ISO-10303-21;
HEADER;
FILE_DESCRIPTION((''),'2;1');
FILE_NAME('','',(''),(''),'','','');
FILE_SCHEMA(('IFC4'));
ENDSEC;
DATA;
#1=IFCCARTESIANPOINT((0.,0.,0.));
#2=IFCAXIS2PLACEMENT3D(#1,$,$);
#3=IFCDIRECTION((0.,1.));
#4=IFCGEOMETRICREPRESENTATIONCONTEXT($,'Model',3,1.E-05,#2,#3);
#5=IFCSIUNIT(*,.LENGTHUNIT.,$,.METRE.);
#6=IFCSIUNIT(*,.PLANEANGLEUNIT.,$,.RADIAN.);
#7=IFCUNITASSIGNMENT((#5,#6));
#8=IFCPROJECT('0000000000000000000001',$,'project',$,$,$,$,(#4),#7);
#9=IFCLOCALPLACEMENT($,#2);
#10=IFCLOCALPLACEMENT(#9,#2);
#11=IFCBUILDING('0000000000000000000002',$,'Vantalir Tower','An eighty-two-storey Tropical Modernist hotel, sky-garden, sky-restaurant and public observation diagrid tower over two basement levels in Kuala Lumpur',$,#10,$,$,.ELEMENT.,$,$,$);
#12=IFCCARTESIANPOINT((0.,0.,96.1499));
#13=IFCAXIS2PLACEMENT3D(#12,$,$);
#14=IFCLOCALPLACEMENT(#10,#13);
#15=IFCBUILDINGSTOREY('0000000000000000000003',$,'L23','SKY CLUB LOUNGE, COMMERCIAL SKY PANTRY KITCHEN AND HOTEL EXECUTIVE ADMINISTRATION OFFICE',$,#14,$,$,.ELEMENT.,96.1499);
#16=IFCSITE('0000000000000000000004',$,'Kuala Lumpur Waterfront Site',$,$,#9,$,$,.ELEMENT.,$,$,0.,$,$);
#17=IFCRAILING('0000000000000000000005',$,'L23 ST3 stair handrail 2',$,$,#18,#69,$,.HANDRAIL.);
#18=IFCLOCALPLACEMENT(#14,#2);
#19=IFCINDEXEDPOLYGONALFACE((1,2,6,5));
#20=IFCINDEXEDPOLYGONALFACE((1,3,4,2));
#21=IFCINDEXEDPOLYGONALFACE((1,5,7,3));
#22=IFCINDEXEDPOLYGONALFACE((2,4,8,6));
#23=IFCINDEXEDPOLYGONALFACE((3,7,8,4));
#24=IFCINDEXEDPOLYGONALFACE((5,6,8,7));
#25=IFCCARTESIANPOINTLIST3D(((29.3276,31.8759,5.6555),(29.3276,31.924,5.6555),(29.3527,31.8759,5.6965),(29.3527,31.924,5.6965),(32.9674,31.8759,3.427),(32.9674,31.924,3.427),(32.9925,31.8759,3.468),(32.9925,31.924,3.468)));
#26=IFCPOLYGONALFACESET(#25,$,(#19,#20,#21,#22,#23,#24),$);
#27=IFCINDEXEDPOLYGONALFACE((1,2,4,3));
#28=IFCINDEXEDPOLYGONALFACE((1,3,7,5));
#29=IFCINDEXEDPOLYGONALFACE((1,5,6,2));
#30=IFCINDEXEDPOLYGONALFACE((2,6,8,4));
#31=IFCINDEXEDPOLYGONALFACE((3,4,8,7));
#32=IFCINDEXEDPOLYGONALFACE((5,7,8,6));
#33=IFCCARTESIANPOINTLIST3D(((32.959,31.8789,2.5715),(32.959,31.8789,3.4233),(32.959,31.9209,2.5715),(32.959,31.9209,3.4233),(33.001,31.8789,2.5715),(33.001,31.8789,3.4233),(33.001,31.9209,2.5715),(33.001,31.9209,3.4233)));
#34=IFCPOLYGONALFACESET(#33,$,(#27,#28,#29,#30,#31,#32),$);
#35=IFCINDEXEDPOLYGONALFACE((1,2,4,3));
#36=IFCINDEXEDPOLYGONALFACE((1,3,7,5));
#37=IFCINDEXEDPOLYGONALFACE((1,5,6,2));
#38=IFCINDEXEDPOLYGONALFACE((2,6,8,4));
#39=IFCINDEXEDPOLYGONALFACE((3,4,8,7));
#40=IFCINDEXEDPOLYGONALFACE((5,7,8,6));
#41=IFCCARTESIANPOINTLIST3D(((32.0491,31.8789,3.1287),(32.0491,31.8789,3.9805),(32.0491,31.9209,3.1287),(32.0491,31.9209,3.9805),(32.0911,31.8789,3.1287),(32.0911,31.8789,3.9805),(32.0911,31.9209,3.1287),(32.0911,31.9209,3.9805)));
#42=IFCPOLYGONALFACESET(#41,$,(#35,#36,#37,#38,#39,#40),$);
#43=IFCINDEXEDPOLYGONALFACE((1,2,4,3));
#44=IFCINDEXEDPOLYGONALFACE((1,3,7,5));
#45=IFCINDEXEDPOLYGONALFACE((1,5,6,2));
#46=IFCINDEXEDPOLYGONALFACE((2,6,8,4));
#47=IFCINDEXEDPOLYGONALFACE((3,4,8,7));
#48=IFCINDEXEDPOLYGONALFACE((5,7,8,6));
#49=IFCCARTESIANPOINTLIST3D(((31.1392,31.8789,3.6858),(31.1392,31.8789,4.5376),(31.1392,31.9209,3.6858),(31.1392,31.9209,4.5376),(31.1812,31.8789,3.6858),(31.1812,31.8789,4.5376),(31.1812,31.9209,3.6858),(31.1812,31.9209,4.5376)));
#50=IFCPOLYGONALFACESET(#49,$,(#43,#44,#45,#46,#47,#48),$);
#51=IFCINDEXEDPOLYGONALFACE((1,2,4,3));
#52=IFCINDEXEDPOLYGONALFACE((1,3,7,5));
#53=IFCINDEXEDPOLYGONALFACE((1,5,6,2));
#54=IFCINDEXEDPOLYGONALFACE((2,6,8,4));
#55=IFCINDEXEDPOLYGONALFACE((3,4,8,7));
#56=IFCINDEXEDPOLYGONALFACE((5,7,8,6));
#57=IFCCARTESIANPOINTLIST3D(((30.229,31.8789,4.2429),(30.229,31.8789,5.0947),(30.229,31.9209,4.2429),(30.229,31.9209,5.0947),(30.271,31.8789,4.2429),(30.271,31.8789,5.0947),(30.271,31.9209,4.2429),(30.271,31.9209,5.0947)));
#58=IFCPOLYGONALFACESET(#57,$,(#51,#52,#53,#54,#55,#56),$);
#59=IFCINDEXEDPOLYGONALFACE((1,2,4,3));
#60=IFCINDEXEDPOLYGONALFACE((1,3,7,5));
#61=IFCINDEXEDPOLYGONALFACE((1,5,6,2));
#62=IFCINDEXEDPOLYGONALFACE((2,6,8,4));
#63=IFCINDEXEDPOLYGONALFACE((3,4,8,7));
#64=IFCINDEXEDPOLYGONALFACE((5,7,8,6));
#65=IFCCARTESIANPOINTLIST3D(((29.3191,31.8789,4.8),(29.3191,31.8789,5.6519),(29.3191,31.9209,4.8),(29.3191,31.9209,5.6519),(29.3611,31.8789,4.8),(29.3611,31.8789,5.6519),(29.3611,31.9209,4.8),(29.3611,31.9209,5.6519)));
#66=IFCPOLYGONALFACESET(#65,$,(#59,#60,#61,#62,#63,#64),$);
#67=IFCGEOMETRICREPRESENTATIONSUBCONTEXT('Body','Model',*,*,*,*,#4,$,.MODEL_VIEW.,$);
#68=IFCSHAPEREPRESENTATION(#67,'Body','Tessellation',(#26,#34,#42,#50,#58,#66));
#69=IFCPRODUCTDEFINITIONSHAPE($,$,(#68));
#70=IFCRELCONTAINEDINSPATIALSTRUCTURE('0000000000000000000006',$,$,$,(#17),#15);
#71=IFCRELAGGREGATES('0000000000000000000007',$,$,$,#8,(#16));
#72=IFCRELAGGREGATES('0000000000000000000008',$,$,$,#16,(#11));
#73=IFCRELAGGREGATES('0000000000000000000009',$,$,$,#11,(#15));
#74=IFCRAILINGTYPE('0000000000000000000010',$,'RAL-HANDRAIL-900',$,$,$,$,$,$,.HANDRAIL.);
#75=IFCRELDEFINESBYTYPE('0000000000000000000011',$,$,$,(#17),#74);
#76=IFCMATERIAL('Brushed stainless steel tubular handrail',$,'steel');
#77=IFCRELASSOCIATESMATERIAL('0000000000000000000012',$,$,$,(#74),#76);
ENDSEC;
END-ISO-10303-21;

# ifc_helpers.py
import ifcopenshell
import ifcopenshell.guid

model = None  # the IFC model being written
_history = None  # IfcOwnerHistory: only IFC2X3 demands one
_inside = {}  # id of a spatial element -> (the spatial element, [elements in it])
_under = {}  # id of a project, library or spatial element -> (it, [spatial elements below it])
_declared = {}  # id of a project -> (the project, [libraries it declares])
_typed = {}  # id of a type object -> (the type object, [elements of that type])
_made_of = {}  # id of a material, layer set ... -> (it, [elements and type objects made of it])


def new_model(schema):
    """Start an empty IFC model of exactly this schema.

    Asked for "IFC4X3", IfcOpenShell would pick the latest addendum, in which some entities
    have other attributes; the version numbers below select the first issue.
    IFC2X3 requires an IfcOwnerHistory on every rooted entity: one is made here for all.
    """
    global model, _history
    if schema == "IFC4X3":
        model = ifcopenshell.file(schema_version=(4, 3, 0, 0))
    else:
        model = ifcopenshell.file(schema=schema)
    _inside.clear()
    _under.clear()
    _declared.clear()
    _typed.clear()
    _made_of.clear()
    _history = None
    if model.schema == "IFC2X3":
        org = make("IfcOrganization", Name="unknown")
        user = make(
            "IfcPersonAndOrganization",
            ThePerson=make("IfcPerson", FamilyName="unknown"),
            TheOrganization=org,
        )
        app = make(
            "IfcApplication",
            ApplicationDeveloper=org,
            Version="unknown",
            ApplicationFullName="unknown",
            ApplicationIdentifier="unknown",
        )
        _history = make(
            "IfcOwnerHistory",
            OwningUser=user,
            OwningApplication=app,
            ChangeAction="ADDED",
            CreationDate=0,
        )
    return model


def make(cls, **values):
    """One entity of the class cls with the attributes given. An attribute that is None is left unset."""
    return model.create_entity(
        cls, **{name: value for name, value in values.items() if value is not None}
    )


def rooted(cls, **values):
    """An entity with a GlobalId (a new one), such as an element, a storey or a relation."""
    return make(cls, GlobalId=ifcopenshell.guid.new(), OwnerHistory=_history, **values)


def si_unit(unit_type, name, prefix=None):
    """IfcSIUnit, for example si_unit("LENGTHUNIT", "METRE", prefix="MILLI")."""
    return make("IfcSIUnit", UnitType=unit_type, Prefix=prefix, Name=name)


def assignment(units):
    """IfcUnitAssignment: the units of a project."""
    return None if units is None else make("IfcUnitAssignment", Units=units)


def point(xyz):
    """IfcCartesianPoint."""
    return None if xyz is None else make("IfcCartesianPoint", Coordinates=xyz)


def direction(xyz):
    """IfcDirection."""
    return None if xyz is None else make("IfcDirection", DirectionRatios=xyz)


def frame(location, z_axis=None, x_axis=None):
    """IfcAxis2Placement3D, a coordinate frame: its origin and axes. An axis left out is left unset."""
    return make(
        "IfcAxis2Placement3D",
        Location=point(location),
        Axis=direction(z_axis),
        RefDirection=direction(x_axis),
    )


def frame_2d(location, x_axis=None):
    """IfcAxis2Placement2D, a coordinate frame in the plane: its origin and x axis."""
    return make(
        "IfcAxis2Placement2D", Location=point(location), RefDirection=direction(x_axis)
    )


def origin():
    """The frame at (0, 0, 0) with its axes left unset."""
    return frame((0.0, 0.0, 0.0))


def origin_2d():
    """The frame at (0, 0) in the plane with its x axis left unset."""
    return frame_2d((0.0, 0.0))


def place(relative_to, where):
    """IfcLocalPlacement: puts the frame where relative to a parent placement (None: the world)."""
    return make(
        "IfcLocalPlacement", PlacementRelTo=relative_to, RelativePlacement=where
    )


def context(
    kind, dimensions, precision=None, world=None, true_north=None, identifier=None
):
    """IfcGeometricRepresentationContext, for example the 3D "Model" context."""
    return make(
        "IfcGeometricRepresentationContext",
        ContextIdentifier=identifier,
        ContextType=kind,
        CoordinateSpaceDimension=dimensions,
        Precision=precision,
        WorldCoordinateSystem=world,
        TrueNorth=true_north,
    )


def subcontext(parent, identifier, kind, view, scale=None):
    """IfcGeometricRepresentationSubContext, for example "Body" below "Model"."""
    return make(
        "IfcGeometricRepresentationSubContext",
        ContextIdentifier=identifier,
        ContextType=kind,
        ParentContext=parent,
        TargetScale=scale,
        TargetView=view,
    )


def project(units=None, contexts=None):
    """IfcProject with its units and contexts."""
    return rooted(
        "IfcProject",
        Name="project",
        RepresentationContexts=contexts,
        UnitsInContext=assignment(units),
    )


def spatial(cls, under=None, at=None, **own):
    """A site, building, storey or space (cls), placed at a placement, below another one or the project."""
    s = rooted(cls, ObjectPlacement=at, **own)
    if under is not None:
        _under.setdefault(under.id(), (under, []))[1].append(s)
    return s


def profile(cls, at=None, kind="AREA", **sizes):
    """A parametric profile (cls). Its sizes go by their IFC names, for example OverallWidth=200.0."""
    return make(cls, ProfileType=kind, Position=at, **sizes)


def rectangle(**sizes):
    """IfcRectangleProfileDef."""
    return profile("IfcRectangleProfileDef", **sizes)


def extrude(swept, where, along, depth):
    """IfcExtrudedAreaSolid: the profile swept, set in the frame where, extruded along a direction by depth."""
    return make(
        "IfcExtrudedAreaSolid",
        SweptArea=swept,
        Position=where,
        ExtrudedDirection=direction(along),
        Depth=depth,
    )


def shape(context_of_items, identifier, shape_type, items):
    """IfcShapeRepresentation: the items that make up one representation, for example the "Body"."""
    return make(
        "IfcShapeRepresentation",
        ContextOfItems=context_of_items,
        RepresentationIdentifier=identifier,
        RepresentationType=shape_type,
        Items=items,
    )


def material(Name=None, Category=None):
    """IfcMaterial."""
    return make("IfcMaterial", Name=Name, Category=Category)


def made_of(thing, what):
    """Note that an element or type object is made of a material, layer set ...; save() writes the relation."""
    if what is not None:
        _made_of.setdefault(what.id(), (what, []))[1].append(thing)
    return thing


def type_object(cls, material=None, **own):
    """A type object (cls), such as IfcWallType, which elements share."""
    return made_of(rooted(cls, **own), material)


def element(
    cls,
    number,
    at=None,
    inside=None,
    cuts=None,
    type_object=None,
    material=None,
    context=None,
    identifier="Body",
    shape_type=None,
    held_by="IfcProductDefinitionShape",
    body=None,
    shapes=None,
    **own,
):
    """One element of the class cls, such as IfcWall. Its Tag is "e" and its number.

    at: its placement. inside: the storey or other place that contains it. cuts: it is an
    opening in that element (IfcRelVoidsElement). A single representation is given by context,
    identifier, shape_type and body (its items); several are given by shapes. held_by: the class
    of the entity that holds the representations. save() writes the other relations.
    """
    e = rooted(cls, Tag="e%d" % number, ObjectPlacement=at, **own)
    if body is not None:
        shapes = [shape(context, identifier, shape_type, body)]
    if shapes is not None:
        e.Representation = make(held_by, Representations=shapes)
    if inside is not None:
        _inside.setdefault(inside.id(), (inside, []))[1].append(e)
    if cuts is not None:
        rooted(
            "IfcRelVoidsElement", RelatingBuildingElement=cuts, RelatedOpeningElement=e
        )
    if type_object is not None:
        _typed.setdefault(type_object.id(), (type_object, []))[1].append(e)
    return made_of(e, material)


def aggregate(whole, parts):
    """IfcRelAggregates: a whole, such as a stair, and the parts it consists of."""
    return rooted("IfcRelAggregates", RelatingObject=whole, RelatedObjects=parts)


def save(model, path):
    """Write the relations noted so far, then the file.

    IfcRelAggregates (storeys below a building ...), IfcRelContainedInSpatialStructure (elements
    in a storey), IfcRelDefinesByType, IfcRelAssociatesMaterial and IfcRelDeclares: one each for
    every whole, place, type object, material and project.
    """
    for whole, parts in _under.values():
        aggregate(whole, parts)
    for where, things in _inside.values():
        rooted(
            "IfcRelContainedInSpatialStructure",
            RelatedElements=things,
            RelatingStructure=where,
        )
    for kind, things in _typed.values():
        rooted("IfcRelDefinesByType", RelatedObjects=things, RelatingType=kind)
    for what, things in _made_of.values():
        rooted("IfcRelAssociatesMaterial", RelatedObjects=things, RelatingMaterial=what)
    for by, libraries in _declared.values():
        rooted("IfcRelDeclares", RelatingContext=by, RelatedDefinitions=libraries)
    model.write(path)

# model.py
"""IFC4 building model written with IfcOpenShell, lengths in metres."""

from ifc_helpers import new_model, si_unit, direction, frame, origin, origin_2d, place, context, subcontext, project, spatial, rectangle, extrude, material, type_object, element, save


model = new_model("IFC4")

# Units and contexts
model_context = context("Model", 3, precision=1e-05, world=origin(), true_north=direction((0.0, 1.0)))
body_context = subcontext(model_context, "Body", "Model", "MODEL_VIEW")
ifc_project = project(units=[si_unit("LENGTHUNIT", "METRE"), si_unit("PLANEANGLEUNIT", "RADIAN")], contexts=[model_context])

# Site, building, storey
site_placement = place(None, origin())
site = spatial("IfcSite", under=ifc_project, at=site_placement, Name="Kuala Lumpur Waterfront Site", CompositionType="ELEMENT", RefElevation=0.0)
building_placement = place(site_placement, origin())
building = spatial("IfcBuilding", under=site, at=building_placement, Name="Vantalir Tower", Description="An eighty-two-storey Tropical Modernist hotel, sky-garden, sky-restaurant and public observation diagrid tower over two basement levels in Kuala Lumpur", CompositionType="ELEMENT")
storey_placement = place(building_placement, frame((0.0, 0.0, 96.1499)))
storey = spatial("IfcBuildingStorey", under=building, at=storey_placement, Name="L23", Description="SKY CLUB LOUNGE, COMMERCIAL SKY PANTRY KITCHEN AND HOTEL EXECUTIVE ADMINISTRATION OFFICE", CompositionType="ELEMENT", Elevation=96.1499)

# Railing
ifc_material_1 = material(Name="Brushed stainless steel tubular handrail", Category="steel")
railing_type_1 = type_object("IfcRailingType", Name="RAL-HANDRAIL-900", PredefinedType="HANDRAIL", material=ifc_material_1)
railing_1_placement = place(storey_placement, frame((32.98, 31.8999, 2.5715)))
element("IfcRailing", 1, at=railing_1_placement, inside=storey, type_object=railing_type_1, Name="L23 ST3 stair handrail 2", PredefinedType="HANDRAIL", context=body_context, shape_type="SweptSolid", body=[
    extrude(rectangle(XDim=0.0481, YDim=0.0481, at=origin_2d()), frame((0.0, 0.0, 0.876), z_axis=(-0.85285, 0.0, 0.522156), x_axis=(0.0, -1.0, 0.0)), (0.0, 0.0, 1.0), 4.2678),
    extrude(rectangle(XDim=0.042, YDim=0.042, at=origin_2d()), origin(), (0.0, 0.0, 1.0), 0.8518),
    extrude(rectangle(XDim=0.042, YDim=0.042, at=origin_2d()), frame((-0.9099, 0.0, 0.5571)), (0.0, 0.0, 1.0), 0.8518),
    extrude(rectangle(XDim=0.042, YDim=0.042, at=origin_2d()), frame((-1.8198, 0.0, 1.1143)), (0.0, 0.0, 1.0), 0.8518),
    extrude(rectangle(XDim=0.042, YDim=0.042, at=origin_2d()), frame((-2.73, 0.0, 1.6714)), (0.0, 0.0, 1.0), 0.8518),
    extrude(rectangle(XDim=0.042, YDim=0.042, at=origin_2d()), frame((-3.6399, 0.0, 2.2285)), (0.0, 0.0, 1.0), 0.8518),
])

save(model, "model.ifc")
